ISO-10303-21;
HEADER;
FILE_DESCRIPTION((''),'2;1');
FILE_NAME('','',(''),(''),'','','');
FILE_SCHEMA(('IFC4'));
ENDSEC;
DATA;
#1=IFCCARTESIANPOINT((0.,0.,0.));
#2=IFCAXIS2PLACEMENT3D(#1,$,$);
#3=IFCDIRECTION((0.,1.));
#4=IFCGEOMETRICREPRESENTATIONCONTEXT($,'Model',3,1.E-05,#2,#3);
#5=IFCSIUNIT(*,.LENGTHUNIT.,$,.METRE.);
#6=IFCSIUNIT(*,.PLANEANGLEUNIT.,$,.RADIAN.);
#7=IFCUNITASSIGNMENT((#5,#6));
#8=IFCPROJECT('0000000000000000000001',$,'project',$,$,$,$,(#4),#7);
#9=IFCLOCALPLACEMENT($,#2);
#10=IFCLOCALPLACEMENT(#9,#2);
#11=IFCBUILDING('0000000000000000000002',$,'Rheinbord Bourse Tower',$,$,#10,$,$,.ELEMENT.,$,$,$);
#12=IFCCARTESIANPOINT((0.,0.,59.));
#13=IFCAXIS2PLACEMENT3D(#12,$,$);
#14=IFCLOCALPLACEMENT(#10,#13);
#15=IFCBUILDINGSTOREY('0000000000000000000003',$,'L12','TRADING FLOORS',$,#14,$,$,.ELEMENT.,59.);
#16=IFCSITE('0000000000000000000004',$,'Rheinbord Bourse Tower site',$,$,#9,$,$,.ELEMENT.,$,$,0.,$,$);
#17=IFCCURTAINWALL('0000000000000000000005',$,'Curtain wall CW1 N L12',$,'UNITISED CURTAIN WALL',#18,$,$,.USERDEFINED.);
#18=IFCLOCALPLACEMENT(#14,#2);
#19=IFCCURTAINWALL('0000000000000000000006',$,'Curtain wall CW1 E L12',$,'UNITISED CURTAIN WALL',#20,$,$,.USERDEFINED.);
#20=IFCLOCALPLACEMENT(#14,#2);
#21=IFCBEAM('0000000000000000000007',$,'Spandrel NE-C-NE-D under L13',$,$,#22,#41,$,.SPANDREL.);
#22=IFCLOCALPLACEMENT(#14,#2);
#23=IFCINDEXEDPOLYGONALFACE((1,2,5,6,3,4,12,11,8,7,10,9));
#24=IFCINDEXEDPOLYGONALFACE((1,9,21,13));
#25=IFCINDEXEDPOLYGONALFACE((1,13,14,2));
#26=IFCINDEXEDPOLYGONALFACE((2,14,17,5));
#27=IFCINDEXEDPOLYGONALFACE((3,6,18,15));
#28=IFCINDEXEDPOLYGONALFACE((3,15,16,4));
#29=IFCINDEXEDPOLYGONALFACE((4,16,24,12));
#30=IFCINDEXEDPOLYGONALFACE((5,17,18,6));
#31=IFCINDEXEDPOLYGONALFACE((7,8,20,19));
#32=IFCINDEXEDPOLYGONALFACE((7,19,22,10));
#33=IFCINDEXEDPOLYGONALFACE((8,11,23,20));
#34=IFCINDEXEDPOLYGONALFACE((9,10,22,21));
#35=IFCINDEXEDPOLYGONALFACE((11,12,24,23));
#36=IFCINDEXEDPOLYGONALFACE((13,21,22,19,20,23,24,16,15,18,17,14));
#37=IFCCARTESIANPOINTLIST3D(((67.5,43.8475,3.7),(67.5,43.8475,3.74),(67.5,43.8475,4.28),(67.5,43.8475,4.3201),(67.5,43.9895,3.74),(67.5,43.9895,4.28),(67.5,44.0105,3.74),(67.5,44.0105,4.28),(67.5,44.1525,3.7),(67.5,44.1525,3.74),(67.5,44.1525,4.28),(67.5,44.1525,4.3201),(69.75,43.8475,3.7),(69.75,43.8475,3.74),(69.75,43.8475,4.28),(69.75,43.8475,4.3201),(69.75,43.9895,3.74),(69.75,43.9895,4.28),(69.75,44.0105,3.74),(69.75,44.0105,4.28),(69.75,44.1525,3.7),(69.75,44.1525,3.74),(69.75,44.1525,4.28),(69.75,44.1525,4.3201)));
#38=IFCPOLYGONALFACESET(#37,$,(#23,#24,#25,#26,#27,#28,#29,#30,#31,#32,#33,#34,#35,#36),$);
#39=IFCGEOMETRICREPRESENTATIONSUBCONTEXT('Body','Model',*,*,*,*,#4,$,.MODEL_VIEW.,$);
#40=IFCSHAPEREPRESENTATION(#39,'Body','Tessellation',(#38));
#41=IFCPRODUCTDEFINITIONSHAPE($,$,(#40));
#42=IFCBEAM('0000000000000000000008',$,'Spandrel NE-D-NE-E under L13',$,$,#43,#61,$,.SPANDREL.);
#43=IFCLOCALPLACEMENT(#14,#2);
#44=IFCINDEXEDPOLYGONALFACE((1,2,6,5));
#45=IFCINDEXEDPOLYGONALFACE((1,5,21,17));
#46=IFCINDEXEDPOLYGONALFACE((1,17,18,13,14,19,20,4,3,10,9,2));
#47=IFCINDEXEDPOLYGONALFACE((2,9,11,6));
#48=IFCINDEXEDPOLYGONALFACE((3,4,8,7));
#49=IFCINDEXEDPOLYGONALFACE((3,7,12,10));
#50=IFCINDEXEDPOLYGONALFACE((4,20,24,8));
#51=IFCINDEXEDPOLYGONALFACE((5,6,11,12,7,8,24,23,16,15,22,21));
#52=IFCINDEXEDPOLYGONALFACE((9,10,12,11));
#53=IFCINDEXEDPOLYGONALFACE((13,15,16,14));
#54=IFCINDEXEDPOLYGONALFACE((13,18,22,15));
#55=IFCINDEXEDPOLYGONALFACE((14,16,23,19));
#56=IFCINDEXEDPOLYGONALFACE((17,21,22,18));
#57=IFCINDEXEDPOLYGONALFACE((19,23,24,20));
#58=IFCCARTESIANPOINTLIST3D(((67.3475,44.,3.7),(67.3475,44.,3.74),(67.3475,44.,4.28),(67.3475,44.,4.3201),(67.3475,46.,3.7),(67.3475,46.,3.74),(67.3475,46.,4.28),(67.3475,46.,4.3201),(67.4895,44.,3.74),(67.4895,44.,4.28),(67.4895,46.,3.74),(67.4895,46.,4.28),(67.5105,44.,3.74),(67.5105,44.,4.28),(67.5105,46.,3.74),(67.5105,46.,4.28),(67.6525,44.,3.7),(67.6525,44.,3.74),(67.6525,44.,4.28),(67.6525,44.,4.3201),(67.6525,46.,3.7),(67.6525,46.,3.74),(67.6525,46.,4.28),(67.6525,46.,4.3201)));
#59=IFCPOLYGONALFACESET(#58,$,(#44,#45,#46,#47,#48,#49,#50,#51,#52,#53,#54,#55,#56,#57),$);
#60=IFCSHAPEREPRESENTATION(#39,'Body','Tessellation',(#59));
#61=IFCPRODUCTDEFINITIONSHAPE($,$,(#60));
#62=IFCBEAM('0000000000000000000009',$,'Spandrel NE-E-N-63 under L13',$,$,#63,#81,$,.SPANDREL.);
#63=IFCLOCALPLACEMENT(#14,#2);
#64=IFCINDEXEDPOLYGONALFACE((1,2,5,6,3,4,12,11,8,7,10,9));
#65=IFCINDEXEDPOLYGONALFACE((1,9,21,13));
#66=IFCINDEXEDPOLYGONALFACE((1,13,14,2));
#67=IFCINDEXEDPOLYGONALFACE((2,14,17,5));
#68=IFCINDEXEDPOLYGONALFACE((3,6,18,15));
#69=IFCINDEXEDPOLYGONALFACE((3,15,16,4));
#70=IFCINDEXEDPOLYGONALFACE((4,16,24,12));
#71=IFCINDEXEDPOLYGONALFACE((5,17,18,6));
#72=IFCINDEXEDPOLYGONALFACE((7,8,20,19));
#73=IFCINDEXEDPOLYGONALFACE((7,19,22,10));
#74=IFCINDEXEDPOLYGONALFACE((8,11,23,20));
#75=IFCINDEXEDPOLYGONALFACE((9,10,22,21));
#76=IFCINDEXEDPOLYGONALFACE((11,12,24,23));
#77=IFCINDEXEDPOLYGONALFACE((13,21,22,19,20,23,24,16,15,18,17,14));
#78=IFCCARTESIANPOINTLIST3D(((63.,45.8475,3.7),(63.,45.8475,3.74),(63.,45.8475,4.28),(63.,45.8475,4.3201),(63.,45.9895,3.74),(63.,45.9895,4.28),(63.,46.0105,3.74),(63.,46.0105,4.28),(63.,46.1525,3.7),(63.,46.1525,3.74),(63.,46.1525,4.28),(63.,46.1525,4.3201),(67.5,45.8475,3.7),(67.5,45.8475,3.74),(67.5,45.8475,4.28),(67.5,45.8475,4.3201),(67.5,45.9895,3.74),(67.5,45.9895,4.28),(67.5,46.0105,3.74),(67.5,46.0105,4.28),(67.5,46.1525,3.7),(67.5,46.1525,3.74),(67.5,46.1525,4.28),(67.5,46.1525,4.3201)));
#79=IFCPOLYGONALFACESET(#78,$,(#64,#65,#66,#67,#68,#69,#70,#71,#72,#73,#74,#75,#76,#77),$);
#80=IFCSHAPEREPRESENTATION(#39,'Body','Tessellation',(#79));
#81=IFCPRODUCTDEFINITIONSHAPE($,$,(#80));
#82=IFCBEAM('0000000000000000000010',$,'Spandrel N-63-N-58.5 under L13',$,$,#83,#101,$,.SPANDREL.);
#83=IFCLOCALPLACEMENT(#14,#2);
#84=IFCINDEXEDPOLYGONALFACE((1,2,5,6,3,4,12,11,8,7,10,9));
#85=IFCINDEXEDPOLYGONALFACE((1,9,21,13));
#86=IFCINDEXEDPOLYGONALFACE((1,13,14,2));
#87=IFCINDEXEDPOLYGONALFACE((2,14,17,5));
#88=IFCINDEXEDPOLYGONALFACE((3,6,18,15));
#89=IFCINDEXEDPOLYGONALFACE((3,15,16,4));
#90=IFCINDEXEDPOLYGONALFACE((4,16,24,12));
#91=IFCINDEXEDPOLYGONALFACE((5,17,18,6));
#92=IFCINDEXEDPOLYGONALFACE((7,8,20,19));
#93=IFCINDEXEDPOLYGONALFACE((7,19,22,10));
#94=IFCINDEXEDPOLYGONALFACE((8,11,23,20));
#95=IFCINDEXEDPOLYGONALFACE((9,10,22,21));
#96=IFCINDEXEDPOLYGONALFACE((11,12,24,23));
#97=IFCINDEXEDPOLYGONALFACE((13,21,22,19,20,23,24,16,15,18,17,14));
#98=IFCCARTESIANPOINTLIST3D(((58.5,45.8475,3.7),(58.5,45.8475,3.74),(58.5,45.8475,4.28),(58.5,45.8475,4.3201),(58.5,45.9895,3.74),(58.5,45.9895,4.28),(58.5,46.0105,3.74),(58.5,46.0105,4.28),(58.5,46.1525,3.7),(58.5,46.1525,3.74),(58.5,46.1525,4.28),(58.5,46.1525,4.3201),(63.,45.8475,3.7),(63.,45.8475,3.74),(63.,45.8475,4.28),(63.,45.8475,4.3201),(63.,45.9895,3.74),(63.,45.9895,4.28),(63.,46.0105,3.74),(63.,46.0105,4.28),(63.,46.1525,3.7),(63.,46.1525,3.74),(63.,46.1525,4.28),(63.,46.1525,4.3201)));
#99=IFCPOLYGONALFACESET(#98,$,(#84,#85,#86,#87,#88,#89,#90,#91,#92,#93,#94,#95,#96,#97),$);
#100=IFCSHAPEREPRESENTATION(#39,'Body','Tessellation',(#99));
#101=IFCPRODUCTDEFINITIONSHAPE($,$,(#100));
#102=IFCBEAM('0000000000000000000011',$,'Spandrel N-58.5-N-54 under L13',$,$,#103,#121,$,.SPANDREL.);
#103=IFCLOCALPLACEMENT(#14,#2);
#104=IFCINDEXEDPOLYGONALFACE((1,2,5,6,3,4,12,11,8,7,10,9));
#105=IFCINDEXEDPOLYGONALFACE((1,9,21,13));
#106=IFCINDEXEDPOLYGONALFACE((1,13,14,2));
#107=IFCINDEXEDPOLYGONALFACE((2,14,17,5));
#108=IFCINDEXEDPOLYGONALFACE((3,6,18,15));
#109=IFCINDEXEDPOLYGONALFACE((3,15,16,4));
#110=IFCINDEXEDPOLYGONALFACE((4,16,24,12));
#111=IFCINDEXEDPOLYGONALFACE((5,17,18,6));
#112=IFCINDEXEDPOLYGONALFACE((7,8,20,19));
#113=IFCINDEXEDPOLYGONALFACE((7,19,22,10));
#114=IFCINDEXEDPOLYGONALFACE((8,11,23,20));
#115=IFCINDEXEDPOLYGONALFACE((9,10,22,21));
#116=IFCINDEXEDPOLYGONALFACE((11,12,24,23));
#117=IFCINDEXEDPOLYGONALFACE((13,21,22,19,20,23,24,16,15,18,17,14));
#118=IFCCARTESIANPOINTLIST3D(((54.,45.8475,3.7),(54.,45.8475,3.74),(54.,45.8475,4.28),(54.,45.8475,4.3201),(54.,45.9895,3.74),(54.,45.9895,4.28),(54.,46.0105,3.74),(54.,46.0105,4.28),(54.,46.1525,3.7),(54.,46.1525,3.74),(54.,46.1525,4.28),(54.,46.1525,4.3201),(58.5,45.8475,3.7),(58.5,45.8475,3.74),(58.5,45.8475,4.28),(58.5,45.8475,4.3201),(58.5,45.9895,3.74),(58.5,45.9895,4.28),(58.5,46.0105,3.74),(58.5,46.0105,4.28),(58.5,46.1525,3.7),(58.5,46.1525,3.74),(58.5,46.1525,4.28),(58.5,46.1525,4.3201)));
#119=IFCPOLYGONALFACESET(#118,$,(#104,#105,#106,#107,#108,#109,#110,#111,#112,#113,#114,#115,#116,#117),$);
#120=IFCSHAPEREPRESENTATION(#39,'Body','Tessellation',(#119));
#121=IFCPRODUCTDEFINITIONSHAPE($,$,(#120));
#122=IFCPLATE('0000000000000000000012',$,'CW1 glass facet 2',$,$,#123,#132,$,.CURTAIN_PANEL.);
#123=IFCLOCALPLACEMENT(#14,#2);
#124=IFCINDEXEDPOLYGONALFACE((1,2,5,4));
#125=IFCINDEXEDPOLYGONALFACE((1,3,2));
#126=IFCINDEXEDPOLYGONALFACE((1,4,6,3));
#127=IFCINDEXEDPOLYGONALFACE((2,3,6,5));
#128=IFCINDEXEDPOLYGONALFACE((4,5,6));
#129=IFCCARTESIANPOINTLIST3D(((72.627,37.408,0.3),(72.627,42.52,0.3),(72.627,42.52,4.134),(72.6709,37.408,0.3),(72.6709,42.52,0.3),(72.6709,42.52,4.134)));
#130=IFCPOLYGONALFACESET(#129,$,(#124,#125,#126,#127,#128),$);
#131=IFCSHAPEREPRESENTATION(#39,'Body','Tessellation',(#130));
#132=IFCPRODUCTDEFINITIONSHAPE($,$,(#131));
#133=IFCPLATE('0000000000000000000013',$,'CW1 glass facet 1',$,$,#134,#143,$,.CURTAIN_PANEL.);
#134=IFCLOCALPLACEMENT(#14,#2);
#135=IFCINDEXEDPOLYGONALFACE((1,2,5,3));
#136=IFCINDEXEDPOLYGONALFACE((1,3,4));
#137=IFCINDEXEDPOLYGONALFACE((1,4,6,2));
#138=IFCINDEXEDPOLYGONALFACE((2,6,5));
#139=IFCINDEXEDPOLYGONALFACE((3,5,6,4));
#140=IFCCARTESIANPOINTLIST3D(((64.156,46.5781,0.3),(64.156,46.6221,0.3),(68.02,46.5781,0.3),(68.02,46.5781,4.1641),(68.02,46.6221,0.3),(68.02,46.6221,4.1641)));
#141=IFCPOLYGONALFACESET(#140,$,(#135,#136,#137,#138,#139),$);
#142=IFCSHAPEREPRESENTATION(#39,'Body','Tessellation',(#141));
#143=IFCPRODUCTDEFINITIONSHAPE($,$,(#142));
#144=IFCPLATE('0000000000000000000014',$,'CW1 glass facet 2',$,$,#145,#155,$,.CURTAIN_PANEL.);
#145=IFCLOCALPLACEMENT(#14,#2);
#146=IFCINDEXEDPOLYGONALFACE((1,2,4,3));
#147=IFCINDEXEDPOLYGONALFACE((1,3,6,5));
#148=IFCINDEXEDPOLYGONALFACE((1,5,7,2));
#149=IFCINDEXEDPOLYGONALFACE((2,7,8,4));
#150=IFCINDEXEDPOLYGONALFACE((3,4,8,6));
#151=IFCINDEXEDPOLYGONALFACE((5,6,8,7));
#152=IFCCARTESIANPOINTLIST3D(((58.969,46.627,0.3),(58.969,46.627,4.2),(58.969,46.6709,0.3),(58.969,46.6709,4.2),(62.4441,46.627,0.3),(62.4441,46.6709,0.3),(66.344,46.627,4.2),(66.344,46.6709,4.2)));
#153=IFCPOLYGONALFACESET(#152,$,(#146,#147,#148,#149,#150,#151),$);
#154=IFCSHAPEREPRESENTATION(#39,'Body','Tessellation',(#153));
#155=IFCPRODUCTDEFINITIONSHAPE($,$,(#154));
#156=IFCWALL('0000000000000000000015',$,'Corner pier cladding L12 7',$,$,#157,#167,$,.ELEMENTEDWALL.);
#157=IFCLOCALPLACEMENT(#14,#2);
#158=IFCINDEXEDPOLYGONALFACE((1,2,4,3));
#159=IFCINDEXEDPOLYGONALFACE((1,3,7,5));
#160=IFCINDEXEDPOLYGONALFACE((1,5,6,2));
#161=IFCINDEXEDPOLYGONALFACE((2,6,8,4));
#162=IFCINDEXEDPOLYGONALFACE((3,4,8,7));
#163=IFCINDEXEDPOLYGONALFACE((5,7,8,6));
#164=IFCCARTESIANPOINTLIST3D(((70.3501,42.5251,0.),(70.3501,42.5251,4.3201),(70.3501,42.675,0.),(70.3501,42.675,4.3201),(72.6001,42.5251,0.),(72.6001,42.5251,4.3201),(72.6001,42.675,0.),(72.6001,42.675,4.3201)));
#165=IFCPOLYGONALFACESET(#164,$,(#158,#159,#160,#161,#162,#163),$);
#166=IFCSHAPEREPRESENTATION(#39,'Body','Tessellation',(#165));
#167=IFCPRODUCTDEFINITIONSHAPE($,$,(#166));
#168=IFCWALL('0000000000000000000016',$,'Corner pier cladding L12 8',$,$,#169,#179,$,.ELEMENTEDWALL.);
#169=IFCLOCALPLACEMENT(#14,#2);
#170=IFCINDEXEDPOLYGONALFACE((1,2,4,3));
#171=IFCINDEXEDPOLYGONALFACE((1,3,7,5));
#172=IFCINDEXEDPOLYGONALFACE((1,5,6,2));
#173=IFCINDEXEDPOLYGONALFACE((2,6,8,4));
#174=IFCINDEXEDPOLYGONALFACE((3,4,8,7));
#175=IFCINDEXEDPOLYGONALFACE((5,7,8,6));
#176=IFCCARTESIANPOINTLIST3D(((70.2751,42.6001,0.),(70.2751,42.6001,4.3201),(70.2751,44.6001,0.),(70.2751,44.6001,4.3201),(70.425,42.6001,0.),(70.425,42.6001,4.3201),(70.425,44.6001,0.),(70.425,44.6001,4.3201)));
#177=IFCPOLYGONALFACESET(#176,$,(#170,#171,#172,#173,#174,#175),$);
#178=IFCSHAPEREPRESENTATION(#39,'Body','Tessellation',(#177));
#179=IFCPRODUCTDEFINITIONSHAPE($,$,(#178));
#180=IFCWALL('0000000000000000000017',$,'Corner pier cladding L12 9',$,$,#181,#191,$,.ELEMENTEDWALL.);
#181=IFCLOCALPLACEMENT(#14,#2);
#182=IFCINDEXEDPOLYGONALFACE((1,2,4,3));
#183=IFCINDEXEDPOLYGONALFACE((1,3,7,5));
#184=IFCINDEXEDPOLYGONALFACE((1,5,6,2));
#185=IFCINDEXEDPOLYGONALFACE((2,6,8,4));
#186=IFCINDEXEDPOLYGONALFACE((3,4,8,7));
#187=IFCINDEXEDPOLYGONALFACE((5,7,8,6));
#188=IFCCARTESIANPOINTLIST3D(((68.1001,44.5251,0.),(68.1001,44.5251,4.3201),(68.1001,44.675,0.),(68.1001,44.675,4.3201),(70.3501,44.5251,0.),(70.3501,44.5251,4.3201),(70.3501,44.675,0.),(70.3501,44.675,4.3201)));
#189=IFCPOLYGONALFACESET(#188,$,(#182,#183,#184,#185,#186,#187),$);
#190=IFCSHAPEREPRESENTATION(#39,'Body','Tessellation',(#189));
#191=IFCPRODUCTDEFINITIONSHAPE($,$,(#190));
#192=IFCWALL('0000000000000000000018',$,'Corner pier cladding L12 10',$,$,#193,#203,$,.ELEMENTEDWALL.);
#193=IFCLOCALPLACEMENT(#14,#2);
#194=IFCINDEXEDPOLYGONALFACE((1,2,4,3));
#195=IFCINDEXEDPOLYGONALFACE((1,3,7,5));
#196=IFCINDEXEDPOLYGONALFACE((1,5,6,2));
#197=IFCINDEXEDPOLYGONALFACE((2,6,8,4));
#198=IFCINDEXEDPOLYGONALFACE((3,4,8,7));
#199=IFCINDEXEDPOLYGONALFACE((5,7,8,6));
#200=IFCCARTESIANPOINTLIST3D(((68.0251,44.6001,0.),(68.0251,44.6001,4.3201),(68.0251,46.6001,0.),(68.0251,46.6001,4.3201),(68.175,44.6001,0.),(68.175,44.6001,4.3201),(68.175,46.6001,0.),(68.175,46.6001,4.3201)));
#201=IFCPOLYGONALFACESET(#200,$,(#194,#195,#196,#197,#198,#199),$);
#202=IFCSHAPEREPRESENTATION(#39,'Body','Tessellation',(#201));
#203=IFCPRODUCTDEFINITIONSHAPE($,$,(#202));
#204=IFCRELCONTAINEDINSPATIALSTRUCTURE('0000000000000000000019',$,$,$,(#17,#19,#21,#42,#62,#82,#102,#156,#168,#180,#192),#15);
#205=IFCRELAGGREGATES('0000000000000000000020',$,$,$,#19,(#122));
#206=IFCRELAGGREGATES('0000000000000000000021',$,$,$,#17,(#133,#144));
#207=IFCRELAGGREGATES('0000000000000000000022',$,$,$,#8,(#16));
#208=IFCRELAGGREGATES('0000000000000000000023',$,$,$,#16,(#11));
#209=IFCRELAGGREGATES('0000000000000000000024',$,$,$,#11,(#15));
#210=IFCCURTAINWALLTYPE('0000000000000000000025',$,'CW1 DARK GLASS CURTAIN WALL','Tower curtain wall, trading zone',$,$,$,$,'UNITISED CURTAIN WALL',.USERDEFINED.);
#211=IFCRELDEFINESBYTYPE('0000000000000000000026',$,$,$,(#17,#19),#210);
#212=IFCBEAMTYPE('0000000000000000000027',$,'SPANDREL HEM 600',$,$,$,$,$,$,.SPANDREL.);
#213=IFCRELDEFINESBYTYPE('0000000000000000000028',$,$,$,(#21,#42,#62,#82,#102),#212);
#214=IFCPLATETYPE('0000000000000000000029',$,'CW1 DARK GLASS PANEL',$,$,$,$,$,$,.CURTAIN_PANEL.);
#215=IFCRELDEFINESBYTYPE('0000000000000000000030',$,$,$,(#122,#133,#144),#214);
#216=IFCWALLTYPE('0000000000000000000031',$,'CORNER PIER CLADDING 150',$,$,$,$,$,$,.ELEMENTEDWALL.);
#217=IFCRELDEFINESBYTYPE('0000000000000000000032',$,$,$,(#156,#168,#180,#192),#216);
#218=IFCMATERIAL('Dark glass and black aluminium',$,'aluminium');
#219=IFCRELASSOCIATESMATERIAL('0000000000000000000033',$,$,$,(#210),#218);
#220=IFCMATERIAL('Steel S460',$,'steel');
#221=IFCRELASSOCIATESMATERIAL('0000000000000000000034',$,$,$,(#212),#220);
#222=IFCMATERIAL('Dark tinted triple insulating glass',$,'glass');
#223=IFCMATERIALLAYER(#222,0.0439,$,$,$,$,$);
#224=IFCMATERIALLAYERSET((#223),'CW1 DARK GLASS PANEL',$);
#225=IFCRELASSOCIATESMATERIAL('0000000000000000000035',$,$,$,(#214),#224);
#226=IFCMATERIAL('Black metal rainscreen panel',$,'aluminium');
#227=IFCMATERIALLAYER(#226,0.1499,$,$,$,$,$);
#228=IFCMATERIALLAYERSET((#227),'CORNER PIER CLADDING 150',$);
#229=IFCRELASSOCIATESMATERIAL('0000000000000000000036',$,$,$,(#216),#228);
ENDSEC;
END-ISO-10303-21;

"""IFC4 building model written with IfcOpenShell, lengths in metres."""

from ifc_helpers import new_model, si_unit, direction, frame, frame_2d, origin, origin_2d, place, context, subcontext, project, spatial, polyline, rectangle, i_section, outline, extrude, material, layer, layer_set, material_profile, profile_set, type_object, element, aggregate, save


model = new_model("IFC4")

# Units and contexts
model_context = context("Model", 3, precision=1e-05, world=origin(), true_north=direction((0.0, 1.0)))
body_context = subcontext(model_context, "Body", "Model", "MODEL_VIEW")
ifc_project = project(units=[si_unit("LENGTHUNIT", "METRE"), si_unit("PLANEANGLEUNIT", "RADIAN")], contexts=[model_context])

# Site, building, storey
site_placement = place(None, origin())
site = spatial("IfcSite", under=ifc_project, at=site_placement, Name="Rheinbord Bourse Tower site", CompositionType="ELEMENT", RefElevation=0.0)
building_placement = place(site_placement, origin())
building = spatial("IfcBuilding", under=site, at=building_placement, Name="Rheinbord Bourse Tower", CompositionType="ELEMENT")
storey_placement = place(building_placement, frame((0.0, 0.0, 59.0)))
storey = spatial("IfcBuildingStorey", under=building, at=storey_placement, Name="L12", Description="TRADING FLOORS", CompositionType="ELEMENT", Elevation=59.0)

# Curtain walls
ifc_material_1 = material(Name="Dark glass and black aluminium", Category="aluminium")
curtain_wall_type = type_object("IfcCurtainWallType", Name="CW1 DARK GLASS CURTAIN WALL", Description="Tower curtain wall, trading zone", ElementType="UNITISED CURTAIN WALL", PredefinedType="USERDEFINED", material=ifc_material_1)
curtain_wall_1_placement = place(storey_placement, origin())
curtain_wall_1 = element("IfcCurtainWall", 1, at=curtain_wall_1_placement, inside=storey, type_object=curtain_wall_type, Name="Curtain wall CW1 N L12", ObjectType="UNITISED CURTAIN WALL", PredefinedType="USERDEFINED")
curtain_wall_2_placement = place(storey_placement, origin())
curtain_wall_2 = element("IfcCurtainWall", 2, at=curtain_wall_2_placement, inside=storey, type_object=curtain_wall_type, Name="Curtain wall CW1 E L12", ObjectType="UNITISED CURTAIN WALL", PredefinedType="USERDEFINED")

# Beams
ifc_material_2 = material(Name="Steel S460", Category="steel")
ifc_material_profile_1 = material_profile(ifc_material_2, i_section(OverallWidth=0.3049, OverallDepth=0.6201, WebThickness=0.021, FlangeThickness=0.04, at=origin_2d()), Name="HEM 600")
ifc_profile_set_1 = profile_set([ifc_material_profile_1], Name="Steel S460")
beam_type_1 = type_object("IfcBeamType", Name="SPANDREL HEM 600", PredefinedType="SPANDREL", material=ifc_profile_set_1)
for number, where, z_axis, x_axis, name in (
    (3, (69.75, 44.0, 4.01), (-1.0, 0.0, 0.0), (0.0, -1.0, 0.0), "Spandrel NE-C-NE-D under L13"),
):
    element("IfcBeam", number, at=place(storey_placement, frame(where, z_axis=z_axis, x_axis=x_axis)), inside=storey, type_object=beam_type_1, Name=name, PredefinedType="SPANDREL", context=body_context, shape_type="SweptSolid", body=[
        extrude(i_section(OverallWidth=0.3049, OverallDepth=0.6201, WebThickness=0.021, FlangeThickness=0.04, at=origin_2d()), origin(), (0.0, 0.0, 1.0), 2.25),
    ])
beam_placement = place(storey_placement, frame((67.5, 44.0, 4.01), z_axis=(0.0, 1.0, 0.0), x_axis=(-1.0, 0.0, 0.0)))
element("IfcBeam", 4, at=beam_placement, inside=storey, type_object=beam_type_1, Name="Spandrel NE-D-NE-E under L13", PredefinedType="SPANDREL", context=body_context, shape_type="SweptSolid", body=[
    extrude(i_section(OverallWidth=0.3049, OverallDepth=0.6201, WebThickness=0.021, FlangeThickness=0.04, at=origin_2d()), origin(), (0.0, 0.0, 1.0), 2.0),
])
for number, where, z_axis, x_axis, name in (
    (5, (67.5, 46.0, 4.01), (-1.0, 0.0, 0.0), (0.0, -1.0, 0.0), "Spandrel NE-E-N-63 under L13"),
    (6, (63.0, 46.0, 4.01), (-1.0, 0.0, 0.0), (0.0, -1.0, 0.0), "Spandrel N-63-N-58.5 under L13"),
    (7, (58.5, 46.0, 4.01), (-1.0, 0.0, 0.0), (0.0, -1.0, 0.0), "Spandrel N-58.5-N-54 under L13"),
):
    element("IfcBeam", number, at=place(storey_placement, frame(where, z_axis=z_axis, x_axis=x_axis)), inside=storey, type_object=beam_type_1, Name=name, PredefinedType="SPANDREL", context=body_context, shape_type="SweptSolid", body=[
        extrude(i_section(OverallWidth=0.3049, OverallDepth=0.6201, WebThickness=0.021, FlangeThickness=0.04, at=origin_2d()), origin(), (0.0, 0.0, 1.0), 4.5),
    ])

# Plates
ifc_material_3 = material(Name="Dark tinted triple insulating glass", Category="glass")
ifc_layer_1 = layer(ifc_material_3, 0.0439)
ifc_layer_set_1 = layer_set([ifc_layer_1], Name="CW1 DARK GLASS PANEL")
plate_type = type_object("IfcPlateType", Name="CW1 DARK GLASS PANEL", PredefinedType="CURTAIN_PANEL", material=ifc_layer_set_1)
plate_1_placement = place(storey_placement, frame((72.6709, 42.52, 0.3), z_axis=(-1.0, 0.0, 0.0), x_axis=(0.0, -1.0, 0.0)))
plate_1 = element("IfcPlate", 8, at=plate_1_placement, type_object=plate_type, Name="CW1 glass facet 2", PredefinedType="CURTAIN_PANEL", context=body_context, shape_type="SweptSolid", body=[
    extrude(outline(polyline([(0.0, 0.0), (5.1121, 0.0), (0.0, 3.834), (0.0, 0.0)])), origin(), (0.0, 0.0, 1.0), 0.0439),
])
aggregate(curtain_wall_2, [plate_1])
plate_2_placement = place(storey_placement, frame((68.02, 46.6221, 0.3), z_axis=(0.0, -1.0, 0.0), x_axis=(0.0, 0.0, 1.0)))
plate_2 = element("IfcPlate", 9, at=plate_2_placement, type_object=plate_type, Name="CW1 glass facet 1", PredefinedType="CURTAIN_PANEL", context=body_context, shape_type="SweptSolid", body=[
    extrude(outline(polyline([(0.0, 0.0), (3.864, 0.0), (0.0, 3.864), (0.0, 0.0)])), origin(), (0.0, 0.0, 1.0), 0.0439),
])
plate_3_placement = place(storey_placement, frame((58.969, 46.6709, 4.2), z_axis=(0.0, -1.0, 0.0), x_axis=(0.0, 0.0, -1.0)))
plate_3 = element("IfcPlate", 10, at=plate_3_placement, type_object=plate_type, Name="CW1 glass facet 2", PredefinedType="CURTAIN_PANEL", context=body_context, shape_type="SweptSolid", body=[
    extrude(outline(polyline([(0.0, 0.0), (3.8999, 0.0), (3.8999, 3.4751), (0.0, 7.375), (0.0, 0.0)])), origin(), (0.0, 0.0, 1.0), 0.0439),
])
aggregate(curtain_wall_1, [plate_2, plate_3])

# Walls
ifc_material_4 = material(Name="Black metal rainscreen panel", Category="aluminium")
ifc_layer_2 = layer(ifc_material_4, 0.1499)
ifc_layer_set_2 = layer_set([ifc_layer_2], Name="CORNER PIER CLADDING 150")
wall_type = type_object("IfcWallType", Name="CORNER PIER CLADDING 150", PredefinedType="ELEMENTEDWALL", material=ifc_layer_set_2)
wall_1_placement = place(storey_placement, frame((72.6001, 42.6001, 0.0), z_axis=(0.0, 0.0, 1.0), x_axis=(-1.0, 0.0, 0.0)))
element("IfcWall", 11, at=wall_1_placement, inside=storey, type_object=wall_type, Name="Corner pier cladding L12 7", PredefinedType="ELEMENTEDWALL", context=body_context, shape_type="SweptSolid", body=[
    extrude(rectangle(XDim=2.25, YDim=0.1499, at=frame_2d((1.125, 0.0))), origin(), (0.0, 0.0, 1.0), 4.3201),
])
wall_2_placement = place(storey_placement, frame((70.3501, 42.6001, 0.0), z_axis=(0.0, 0.0, 1.0), x_axis=(0.0, 1.0, 0.0)))
element("IfcWall", 12, at=wall_2_placement, inside=storey, type_object=wall_type, Name="Corner pier cladding L12 8", PredefinedType="ELEMENTEDWALL", context=body_context, shape_type="SweptSolid", body=[
    extrude(rectangle(XDim=2.0, YDim=0.1499, at=frame_2d((1.0, 0.0))), origin(), (0.0, 0.0, 1.0), 4.3201),
])
wall_3_placement = place(storey_placement, frame((70.3501, 44.6001, 0.0), z_axis=(0.0, 0.0, 1.0), x_axis=(-1.0, 0.0, 0.0)))
element("IfcWall", 13, at=wall_3_placement, inside=storey, type_object=wall_type, Name="Corner pier cladding L12 9", PredefinedType="ELEMENTEDWALL", context=body_context, shape_type="SweptSolid", body=[
    extrude(rectangle(XDim=2.25, YDim=0.1499, at=frame_2d((1.125, 0.0))), origin(), (0.0, 0.0, 1.0), 4.3201),
])
wall_4_placement = place(storey_placement, frame((68.1001, 44.6001, 0.0), z_axis=(0.0, 0.0, 1.0), x_axis=(0.0, 1.0, 0.0)))
element("IfcWall", 14, at=wall_4_placement, inside=storey, type_object=wall_type, Name="Corner pier cladding L12 10", PredefinedType="ELEMENTEDWALL", context=body_context, shape_type="SweptSolid", body=[
    extrude(rectangle(XDim=2.0, YDim=0.1499, at=frame_2d((1.0, 0.0))), origin(), (0.0, 0.0, 1.0), 4.3201),
])

save(model, "model.ifc")
